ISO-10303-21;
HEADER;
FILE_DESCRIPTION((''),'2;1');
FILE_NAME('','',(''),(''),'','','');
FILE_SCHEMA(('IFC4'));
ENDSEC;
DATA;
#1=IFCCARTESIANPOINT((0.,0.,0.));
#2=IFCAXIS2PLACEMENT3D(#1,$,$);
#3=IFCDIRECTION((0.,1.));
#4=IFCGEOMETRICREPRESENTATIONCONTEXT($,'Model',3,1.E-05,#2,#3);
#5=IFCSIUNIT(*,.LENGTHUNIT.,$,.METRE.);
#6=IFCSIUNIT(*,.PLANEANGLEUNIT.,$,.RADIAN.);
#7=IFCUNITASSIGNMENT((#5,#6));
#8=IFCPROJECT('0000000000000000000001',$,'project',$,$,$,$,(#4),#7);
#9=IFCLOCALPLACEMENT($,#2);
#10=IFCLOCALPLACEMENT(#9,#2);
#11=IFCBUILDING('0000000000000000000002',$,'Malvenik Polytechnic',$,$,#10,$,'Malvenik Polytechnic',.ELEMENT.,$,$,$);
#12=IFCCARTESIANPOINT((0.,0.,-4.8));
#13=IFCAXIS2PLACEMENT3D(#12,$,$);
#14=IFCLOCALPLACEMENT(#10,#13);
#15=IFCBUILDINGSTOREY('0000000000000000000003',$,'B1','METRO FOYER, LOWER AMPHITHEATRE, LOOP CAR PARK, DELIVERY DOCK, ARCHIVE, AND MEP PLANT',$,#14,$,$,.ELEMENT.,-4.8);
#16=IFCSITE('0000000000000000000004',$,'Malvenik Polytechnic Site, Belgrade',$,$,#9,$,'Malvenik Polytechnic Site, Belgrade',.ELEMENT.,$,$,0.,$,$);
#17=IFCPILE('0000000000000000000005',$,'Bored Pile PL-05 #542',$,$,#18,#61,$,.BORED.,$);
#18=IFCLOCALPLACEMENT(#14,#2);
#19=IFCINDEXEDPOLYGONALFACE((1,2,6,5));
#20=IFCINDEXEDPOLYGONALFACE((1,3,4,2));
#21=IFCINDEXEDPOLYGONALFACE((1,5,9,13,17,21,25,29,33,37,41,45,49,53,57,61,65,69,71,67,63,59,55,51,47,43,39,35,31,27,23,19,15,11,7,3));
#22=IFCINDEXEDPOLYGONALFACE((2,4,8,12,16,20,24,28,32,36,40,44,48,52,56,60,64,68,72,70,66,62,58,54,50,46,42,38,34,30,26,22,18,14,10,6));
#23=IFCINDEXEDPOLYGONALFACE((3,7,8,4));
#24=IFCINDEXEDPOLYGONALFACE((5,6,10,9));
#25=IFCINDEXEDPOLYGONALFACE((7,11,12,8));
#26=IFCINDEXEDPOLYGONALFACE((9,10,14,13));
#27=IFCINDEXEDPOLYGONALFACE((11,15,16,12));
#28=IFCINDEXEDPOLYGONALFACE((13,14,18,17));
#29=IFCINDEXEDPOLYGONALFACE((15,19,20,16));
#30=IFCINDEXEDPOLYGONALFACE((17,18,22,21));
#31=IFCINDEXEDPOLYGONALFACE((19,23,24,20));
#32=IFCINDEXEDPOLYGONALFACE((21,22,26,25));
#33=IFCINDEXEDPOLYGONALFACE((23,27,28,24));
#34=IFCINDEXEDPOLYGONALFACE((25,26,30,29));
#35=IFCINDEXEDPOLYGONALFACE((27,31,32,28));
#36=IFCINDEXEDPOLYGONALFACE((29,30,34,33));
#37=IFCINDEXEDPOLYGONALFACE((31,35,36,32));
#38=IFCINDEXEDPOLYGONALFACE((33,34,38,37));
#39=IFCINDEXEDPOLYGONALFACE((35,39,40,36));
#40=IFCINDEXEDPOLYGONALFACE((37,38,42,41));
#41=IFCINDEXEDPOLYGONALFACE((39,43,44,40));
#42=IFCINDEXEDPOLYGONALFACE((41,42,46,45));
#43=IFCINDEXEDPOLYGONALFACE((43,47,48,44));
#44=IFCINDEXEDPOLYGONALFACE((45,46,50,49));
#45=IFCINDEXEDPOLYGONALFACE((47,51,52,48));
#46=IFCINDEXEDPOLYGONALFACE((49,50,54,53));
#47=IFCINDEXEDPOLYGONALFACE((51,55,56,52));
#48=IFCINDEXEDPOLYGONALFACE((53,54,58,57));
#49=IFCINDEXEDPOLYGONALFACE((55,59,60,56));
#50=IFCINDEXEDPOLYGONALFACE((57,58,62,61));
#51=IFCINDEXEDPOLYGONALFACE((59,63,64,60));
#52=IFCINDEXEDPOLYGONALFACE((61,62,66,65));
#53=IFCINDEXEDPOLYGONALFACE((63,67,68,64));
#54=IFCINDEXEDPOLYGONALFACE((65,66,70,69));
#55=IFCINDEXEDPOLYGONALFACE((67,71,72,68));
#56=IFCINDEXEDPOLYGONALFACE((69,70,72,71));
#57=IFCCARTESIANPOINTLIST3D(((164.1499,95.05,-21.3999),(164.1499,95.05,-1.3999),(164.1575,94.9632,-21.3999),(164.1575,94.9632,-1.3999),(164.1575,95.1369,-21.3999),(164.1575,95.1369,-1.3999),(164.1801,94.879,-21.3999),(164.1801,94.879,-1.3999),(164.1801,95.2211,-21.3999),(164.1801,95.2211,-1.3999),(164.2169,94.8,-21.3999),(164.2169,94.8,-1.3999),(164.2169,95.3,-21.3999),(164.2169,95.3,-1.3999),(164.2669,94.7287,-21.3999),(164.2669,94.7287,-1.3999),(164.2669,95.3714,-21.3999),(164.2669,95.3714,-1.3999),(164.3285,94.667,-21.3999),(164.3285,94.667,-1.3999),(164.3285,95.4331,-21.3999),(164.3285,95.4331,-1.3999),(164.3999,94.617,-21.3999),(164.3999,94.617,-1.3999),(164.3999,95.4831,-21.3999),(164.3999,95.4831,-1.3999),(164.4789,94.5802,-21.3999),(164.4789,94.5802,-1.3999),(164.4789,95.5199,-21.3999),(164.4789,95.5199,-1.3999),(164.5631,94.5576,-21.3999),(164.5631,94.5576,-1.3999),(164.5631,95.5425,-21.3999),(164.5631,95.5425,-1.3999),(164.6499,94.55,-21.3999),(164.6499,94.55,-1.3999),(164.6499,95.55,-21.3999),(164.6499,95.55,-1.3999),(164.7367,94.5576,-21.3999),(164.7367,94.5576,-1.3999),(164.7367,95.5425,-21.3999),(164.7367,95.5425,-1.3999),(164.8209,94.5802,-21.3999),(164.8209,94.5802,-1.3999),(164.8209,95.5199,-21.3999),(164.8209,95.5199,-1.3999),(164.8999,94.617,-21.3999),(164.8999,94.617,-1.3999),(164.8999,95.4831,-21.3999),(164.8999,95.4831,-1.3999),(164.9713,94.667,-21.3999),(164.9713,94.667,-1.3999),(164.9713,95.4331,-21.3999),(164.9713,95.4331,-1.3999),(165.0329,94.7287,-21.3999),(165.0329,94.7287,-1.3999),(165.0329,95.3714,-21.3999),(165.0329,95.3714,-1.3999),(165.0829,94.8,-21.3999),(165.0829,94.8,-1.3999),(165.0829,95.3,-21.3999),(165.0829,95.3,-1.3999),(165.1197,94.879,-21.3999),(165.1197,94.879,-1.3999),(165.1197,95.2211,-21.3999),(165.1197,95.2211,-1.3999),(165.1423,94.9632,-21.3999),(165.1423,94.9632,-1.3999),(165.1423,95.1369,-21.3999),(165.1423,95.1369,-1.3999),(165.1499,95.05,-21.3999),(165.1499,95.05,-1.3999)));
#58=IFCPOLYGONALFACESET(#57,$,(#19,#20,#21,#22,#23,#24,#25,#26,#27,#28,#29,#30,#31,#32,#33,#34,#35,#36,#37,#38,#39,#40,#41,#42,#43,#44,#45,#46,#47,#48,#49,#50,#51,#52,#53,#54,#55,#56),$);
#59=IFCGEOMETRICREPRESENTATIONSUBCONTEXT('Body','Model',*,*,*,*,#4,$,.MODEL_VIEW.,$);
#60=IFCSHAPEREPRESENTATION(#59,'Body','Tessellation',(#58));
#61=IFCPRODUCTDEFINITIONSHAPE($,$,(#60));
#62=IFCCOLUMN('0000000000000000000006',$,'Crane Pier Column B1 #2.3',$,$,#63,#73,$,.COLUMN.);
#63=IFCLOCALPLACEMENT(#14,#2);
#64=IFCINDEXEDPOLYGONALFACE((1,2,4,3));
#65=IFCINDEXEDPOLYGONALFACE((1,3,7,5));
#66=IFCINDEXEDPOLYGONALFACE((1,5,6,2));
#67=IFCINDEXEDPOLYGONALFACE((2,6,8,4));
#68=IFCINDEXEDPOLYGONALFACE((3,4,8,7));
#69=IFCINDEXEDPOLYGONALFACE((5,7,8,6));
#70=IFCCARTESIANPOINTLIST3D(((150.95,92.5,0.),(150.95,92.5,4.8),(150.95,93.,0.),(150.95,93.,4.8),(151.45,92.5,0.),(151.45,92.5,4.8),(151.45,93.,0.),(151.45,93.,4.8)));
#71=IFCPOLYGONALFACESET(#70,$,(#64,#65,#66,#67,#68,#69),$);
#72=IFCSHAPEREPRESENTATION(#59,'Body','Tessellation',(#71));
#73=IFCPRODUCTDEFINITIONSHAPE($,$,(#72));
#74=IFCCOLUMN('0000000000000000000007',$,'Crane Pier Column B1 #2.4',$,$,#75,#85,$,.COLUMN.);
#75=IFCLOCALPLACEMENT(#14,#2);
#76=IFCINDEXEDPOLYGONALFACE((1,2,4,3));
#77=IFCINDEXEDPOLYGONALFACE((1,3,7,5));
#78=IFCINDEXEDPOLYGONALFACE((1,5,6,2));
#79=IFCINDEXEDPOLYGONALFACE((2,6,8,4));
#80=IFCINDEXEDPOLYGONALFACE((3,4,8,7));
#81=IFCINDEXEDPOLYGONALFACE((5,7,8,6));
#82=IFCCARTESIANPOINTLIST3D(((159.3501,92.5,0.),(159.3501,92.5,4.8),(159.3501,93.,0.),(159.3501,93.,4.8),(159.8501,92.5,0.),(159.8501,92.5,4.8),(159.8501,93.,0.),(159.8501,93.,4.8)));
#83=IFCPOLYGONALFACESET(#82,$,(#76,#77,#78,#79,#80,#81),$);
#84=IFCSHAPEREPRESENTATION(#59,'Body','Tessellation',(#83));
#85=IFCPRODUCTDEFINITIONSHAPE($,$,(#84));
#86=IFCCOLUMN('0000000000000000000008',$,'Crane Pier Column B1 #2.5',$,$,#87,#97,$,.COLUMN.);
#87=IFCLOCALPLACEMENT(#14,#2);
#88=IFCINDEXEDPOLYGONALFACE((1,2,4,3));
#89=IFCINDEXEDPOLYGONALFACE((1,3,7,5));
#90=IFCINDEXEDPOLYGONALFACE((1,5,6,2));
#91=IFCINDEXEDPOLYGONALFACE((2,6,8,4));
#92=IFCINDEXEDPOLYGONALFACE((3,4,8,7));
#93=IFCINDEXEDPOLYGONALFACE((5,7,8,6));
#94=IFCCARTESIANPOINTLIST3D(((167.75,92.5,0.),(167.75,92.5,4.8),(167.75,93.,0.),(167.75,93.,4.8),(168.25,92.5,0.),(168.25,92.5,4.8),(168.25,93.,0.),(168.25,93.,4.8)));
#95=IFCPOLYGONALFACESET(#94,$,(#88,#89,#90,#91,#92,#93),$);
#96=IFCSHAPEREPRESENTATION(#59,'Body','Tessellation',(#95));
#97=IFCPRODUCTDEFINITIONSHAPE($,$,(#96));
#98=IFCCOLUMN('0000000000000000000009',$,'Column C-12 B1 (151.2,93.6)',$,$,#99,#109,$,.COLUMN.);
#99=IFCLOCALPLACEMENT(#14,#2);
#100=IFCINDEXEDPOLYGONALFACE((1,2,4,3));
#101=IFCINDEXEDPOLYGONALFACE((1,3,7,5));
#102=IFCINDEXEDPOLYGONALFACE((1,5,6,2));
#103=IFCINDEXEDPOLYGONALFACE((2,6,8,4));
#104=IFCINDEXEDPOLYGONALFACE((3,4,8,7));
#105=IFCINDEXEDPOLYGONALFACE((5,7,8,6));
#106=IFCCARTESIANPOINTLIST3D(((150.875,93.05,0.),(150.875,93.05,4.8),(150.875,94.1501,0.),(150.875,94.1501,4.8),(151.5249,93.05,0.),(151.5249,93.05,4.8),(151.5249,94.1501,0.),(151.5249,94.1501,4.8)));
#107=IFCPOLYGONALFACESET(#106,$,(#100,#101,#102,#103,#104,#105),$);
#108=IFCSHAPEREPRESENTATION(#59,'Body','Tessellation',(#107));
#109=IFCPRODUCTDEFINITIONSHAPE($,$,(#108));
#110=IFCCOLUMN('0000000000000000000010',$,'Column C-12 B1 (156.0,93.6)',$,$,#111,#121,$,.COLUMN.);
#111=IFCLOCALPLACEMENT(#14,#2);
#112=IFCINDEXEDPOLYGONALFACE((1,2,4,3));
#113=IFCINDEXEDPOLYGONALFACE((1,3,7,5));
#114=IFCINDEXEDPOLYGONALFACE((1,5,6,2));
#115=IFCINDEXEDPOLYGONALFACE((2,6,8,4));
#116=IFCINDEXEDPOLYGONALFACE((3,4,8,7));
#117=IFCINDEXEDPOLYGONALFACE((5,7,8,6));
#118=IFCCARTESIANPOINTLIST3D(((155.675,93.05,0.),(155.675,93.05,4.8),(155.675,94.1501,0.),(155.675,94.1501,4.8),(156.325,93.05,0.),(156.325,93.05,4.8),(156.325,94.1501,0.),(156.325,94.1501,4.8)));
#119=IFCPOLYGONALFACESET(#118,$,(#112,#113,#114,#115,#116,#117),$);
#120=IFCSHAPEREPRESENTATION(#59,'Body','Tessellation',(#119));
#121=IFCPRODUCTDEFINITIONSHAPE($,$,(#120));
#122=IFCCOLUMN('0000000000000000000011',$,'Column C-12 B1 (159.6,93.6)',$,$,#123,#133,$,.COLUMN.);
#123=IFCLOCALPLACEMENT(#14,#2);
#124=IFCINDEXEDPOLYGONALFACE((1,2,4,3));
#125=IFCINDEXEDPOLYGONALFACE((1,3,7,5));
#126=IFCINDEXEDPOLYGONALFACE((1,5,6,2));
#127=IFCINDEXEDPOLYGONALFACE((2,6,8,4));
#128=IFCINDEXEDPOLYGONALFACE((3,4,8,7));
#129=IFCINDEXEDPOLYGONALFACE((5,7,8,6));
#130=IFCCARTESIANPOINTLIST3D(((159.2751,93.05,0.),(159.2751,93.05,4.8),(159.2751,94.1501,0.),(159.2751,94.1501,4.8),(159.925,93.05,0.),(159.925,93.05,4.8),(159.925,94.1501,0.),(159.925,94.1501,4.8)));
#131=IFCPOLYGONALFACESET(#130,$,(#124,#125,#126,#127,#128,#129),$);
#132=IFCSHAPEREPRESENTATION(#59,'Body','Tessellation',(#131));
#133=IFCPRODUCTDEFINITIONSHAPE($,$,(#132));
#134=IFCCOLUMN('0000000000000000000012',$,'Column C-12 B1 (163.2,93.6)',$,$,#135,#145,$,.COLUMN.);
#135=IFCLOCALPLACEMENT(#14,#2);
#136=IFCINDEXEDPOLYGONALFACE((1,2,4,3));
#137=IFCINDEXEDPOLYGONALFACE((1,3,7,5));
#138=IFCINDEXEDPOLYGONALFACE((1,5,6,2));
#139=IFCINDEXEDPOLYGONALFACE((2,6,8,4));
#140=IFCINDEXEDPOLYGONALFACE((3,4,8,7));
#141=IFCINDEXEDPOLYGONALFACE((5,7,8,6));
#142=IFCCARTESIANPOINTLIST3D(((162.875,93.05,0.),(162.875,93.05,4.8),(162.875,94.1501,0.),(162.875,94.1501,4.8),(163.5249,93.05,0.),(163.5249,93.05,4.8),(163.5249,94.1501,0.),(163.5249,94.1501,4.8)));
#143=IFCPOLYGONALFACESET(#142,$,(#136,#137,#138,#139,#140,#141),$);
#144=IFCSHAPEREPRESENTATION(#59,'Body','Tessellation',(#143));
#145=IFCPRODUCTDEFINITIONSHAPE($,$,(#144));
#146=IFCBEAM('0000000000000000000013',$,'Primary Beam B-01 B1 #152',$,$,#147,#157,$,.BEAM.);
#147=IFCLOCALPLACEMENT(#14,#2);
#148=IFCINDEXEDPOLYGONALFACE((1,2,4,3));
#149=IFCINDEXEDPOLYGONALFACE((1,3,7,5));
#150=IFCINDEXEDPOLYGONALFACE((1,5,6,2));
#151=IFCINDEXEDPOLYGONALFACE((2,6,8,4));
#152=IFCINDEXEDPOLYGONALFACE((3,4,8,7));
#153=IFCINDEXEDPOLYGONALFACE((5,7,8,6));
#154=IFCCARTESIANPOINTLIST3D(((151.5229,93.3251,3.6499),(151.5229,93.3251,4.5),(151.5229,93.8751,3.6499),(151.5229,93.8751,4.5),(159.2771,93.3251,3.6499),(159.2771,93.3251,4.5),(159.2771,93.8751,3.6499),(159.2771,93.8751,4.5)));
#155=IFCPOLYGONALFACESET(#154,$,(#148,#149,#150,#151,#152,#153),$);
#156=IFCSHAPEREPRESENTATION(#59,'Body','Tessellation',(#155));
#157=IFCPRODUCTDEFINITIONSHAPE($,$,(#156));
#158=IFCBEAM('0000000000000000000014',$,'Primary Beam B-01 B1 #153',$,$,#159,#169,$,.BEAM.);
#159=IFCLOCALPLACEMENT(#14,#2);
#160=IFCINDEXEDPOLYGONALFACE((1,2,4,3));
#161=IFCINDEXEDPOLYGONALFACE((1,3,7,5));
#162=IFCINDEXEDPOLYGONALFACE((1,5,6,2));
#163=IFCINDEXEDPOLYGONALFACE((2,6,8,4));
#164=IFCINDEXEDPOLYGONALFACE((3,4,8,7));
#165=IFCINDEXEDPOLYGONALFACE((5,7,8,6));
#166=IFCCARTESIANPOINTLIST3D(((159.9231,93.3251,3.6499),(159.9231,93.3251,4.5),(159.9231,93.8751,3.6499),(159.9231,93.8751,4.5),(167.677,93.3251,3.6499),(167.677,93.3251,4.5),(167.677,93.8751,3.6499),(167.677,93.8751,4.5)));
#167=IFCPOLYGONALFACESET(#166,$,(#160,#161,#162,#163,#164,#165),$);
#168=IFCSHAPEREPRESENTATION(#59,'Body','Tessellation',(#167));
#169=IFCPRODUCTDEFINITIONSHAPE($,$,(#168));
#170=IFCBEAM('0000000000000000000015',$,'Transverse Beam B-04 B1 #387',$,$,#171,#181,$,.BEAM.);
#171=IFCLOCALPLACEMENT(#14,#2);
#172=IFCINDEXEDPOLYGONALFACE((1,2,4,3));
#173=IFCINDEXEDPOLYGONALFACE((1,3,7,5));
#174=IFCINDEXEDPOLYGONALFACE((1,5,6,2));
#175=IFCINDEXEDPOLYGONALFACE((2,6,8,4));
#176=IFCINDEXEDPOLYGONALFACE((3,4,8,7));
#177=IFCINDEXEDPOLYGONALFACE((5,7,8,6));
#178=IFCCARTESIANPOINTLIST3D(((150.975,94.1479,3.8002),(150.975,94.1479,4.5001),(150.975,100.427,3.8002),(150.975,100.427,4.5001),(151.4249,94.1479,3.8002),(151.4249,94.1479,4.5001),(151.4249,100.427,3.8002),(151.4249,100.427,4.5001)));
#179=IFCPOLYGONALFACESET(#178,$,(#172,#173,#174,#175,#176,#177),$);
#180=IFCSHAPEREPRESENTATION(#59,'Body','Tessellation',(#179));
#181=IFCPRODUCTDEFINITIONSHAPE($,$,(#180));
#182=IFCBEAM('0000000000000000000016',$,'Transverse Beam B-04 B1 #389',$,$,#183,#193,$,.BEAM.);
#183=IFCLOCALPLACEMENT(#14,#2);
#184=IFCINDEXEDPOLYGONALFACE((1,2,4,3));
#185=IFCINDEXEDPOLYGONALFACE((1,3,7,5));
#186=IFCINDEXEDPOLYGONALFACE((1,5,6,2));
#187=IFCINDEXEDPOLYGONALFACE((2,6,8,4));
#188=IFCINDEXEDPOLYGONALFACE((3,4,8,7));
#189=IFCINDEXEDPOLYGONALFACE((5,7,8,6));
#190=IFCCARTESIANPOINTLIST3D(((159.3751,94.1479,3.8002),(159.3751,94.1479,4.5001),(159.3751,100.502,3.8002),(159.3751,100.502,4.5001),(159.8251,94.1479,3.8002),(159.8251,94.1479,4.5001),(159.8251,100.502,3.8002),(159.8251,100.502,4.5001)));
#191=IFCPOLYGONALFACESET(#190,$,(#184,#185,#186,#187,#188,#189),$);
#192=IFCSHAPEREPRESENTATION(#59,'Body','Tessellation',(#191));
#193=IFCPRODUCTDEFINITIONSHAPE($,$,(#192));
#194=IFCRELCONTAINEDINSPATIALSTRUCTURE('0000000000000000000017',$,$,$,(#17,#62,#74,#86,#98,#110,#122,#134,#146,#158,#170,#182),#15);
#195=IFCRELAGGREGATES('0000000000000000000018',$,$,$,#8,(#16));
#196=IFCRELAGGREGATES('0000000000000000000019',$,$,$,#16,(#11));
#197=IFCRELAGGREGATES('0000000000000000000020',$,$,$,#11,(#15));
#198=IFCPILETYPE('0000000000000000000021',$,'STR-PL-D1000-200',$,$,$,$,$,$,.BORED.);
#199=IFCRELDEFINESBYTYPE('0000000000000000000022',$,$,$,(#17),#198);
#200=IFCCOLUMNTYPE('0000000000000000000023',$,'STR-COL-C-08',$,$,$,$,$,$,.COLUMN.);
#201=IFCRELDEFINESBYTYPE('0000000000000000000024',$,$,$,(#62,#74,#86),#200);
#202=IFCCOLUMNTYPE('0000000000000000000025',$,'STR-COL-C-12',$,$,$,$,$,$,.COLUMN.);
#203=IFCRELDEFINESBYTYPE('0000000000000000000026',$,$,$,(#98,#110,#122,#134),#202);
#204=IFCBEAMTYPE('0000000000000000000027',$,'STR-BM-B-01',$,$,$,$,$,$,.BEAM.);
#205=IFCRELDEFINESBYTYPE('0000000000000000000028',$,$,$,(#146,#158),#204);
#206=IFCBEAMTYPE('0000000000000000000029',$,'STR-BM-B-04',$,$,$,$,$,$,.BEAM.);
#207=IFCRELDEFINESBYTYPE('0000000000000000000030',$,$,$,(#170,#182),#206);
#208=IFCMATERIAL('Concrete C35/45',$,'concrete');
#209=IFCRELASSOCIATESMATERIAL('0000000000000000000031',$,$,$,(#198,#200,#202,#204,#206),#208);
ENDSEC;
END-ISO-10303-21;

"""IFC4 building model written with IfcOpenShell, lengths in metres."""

from ifc_helpers import new_model, si_unit, direction, frame, origin, origin_2d, place, context, subcontext, project, spatial, rectangle, circle, extrude, material, material_profile, profile_set, type_object, element, save


model = new_model("IFC4")

# Units and contexts
model_context = context("Model", 3, precision=1e-05, world=origin(), true_north=direction((0.0, 1.0)))
body_context = subcontext(model_context, "Body", "Model", "MODEL_VIEW")
ifc_project = project(units=[si_unit("LENGTHUNIT", "METRE"), si_unit("PLANEANGLEUNIT", "RADIAN")], contexts=[model_context])

# Site, building, storey
site_placement = place(None, origin())
site = spatial("IfcSite", under=ifc_project, at=site_placement, Name="Malvenik Polytechnic Site, Belgrade", LongName="Malvenik Polytechnic Site, Belgrade", CompositionType="ELEMENT", RefElevation=0.0)
building_placement = place(site_placement, origin())
building = spatial("IfcBuilding", under=site, at=building_placement, Name="Malvenik Polytechnic", LongName="Malvenik Polytechnic", CompositionType="ELEMENT")
storey_placement = place(building_placement, frame((0.0, 0.0, -4.8)))
storey = spatial("IfcBuildingStorey", under=building, at=storey_placement, Name="B1", Description="METRO FOYER, LOWER AMPHITHEATRE, LOOP CAR PARK, DELIVERY DOCK, ARCHIVE, AND MEP PLANT", CompositionType="ELEMENT", Elevation=-4.8)

# Shared definitions
ifc_material_1 = material(Name="Concrete C35/45", Category="concrete")

# Pile
ifc_material_profile_1 = material_profile(ifc_material_1, circle(Radius=0.5, at=origin_2d()), Name="BORED PILE D1000")
ifc_profile_set_1 = profile_set([ifc_material_profile_1], Name="Concrete C35/45")
pile_type = type_object("IfcPileType", Name="STR-PL-D1000-200", PredefinedType="BORED", material=ifc_profile_set_1)
for number, where, z_axis, x_axis, name in (
    (1, (164.6499, 95.05, -1.3999), (0.0, 0.0, -1.0), (1.0, 0.0, 0.0), "Bored Pile PL-05 #542"),
):
    element("IfcPile", number, at=place(storey_placement, frame(where, z_axis=z_axis, x_axis=x_axis)), inside=storey, type_object=pile_type, Name=name, PredefinedType="BORED", context=body_context, shape_type="SweptSolid", body=[
        extrude(circle(Radius=0.5, at=origin_2d()), origin(), (0.0, 0.0, 1.0), 20.0),
    ])

# Columns
ifc_material_profile_2 = material_profile(ifc_material_1, rectangle(XDim=0.5, YDim=0.5, at=origin_2d()), Name="RC COL 500x500")
ifc_profile_set_2 = profile_set([ifc_material_profile_2], Name="Concrete C35/45")
column_type_1 = type_object("IfcColumnType", Name="STR-COL-C-08", PredefinedType="COLUMN", material=ifc_profile_set_2)
for number, where, z_axis, x_axis, name in (
    (2, (151.2, 92.75, 0.0), (0.0, 0.0, 1.0), (1.0, 0.0, 0.0), "Crane Pier Column B1 #2.3"),
    (3, (159.6001, 92.75, 0.0), (0.0, 0.0, 1.0), (1.0, 0.0, 0.0), "Crane Pier Column B1 #2.4"),
    (4, (168.0, 92.75, 0.0), (0.0, 0.0, 1.0), (1.0, 0.0, 0.0), "Crane Pier Column B1 #2.5"),
):
    element("IfcColumn", number, at=place(storey_placement, frame(where, z_axis=z_axis, x_axis=x_axis)), inside=storey, type_object=column_type_1, Name=name, PredefinedType="COLUMN", context=body_context, shape_type="SweptSolid", body=[
        extrude(rectangle(XDim=0.5, YDim=0.5, at=origin_2d()), origin(), (0.0, 0.0, 1.0), 4.8),
    ])
ifc_material_profile_3 = material_profile(ifc_material_1, rectangle(XDim=0.6499, YDim=1.1001, at=origin_2d()), Name="RC COL 1100x650")
ifc_profile_set_3 = profile_set([ifc_material_profile_3], Name="Concrete C35/45")
column_type_2 = type_object("IfcColumnType", Name="STR-COL-C-12", PredefinedType="COLUMN", material=ifc_profile_set_3)
for number, where, z_axis, x_axis, name in (
    (5, (151.2, 93.6001, 0.0), (0.0, 0.0, 1.0), (1.0, 0.0, 0.0), "Column C-12 B1 (151.2,93.6)"),
    (6, (156.0, 93.6001, 0.0), (0.0, 0.0, 1.0), (1.0, 0.0, 0.0), "Column C-12 B1 (156.0,93.6)"),
    (7, (159.6001, 93.6001, 0.0), (0.0, 0.0, 1.0), (1.0, 0.0, 0.0), "Column C-12 B1 (159.6,93.6)"),
    (8, (163.2, 93.6001, 0.0), (0.0, 0.0, 1.0), (1.0, 0.0, 0.0), "Column C-12 B1 (163.2,93.6)"),
):
    element("IfcColumn", number, at=place(storey_placement, frame(where, z_axis=z_axis, x_axis=x_axis)), inside=storey, type_object=column_type_2, Name=name, PredefinedType="COLUMN", context=body_context, shape_type="SweptSolid", body=[
        extrude(rectangle(XDim=0.6499, YDim=1.1001, at=origin_2d()), origin(), (0.0, 0.0, 1.0), 4.8),
    ])

# Beams
ifc_material_profile_4 = material_profile(ifc_material_1, rectangle(XDim=0.55, YDim=0.8501, at=origin_2d()), Name="RC BM 550x850")
ifc_profile_set_4 = profile_set([ifc_material_profile_4], Name="Concrete C35/45")
beam_type_1 = type_object("IfcBeamType", Name="STR-BM-B-01", PredefinedType="BEAM", material=ifc_profile_set_4)
beam_1_placement = place(storey_placement, frame((151.5229, 93.6001, 4.075), z_axis=(1.0, 0.0, 0.0), x_axis=(0.0, 1.0, 0.0)))
element("IfcBeam", 9, at=beam_1_placement, inside=storey, type_object=beam_type_1, Name="Primary Beam B-01 B1 #152", PredefinedType="BEAM", context=body_context, shape_type="SweptSolid", body=[
    extrude(rectangle(XDim=0.55, YDim=0.8501, at=origin_2d()), origin(), (0.0, 0.0, 1.0), 7.7542),
])
beam_2_placement = place(storey_placement, frame((159.9231, 93.6001, 4.075), z_axis=(1.0, 0.0, 0.0), x_axis=(0.0, 1.0, 0.0)))
element("IfcBeam", 10, at=beam_2_placement, inside=storey, type_object=beam_type_1, Name="Primary Beam B-01 B1 #153", PredefinedType="BEAM", context=body_context, shape_type="SweptSolid", body=[
    extrude(rectangle(XDim=0.55, YDim=0.8501, at=origin_2d()), origin(), (0.0, 0.0, 1.0), 7.7539),
])
ifc_material_profile_5 = material_profile(ifc_material_1, rectangle(XDim=0.45, YDim=0.7, at=origin_2d()), Name="RC BM 450x700")
ifc_profile_set_5 = profile_set([ifc_material_profile_5], Name="Concrete C35/45")
beam_type_2 = type_object("IfcBeamType", Name="STR-BM-B-04", PredefinedType="BEAM", material=ifc_profile_set_5)
beam_3_placement = place(storey_placement, frame((151.2, 94.1479, 4.1501), z_axis=(0.0, 1.0, 0.0), x_axis=(-1.0, 0.0, 0.0)))
element("IfcBeam", 11, at=beam_3_placement, inside=storey, type_object=beam_type_2, Name="Transverse Beam B-04 B1 #387", PredefinedType="BEAM", context=body_context, shape_type="SweptSolid", body=[
    extrude(rectangle(XDim=0.45, YDim=0.7, at=origin_2d()), origin(), (0.0, 0.0, 1.0), 6.2791),
])
beam_4_placement = place(storey_placement, frame((159.6001, 94.1479, 4.1501), z_axis=(0.0, 1.0, 0.0), x_axis=(-1.0, 0.0, 0.0)))
element("IfcBeam", 12, at=beam_4_placement, inside=storey, type_object=beam_type_2, Name="Transverse Beam B-04 B1 #389", PredefinedType="BEAM", context=body_context, shape_type="SweptSolid", body=[
    extrude(rectangle(XDim=0.45, YDim=0.7, at=origin_2d()), origin(), (0.0, 0.0, 1.0), 6.354),
])

save(model, "model.ifc")
